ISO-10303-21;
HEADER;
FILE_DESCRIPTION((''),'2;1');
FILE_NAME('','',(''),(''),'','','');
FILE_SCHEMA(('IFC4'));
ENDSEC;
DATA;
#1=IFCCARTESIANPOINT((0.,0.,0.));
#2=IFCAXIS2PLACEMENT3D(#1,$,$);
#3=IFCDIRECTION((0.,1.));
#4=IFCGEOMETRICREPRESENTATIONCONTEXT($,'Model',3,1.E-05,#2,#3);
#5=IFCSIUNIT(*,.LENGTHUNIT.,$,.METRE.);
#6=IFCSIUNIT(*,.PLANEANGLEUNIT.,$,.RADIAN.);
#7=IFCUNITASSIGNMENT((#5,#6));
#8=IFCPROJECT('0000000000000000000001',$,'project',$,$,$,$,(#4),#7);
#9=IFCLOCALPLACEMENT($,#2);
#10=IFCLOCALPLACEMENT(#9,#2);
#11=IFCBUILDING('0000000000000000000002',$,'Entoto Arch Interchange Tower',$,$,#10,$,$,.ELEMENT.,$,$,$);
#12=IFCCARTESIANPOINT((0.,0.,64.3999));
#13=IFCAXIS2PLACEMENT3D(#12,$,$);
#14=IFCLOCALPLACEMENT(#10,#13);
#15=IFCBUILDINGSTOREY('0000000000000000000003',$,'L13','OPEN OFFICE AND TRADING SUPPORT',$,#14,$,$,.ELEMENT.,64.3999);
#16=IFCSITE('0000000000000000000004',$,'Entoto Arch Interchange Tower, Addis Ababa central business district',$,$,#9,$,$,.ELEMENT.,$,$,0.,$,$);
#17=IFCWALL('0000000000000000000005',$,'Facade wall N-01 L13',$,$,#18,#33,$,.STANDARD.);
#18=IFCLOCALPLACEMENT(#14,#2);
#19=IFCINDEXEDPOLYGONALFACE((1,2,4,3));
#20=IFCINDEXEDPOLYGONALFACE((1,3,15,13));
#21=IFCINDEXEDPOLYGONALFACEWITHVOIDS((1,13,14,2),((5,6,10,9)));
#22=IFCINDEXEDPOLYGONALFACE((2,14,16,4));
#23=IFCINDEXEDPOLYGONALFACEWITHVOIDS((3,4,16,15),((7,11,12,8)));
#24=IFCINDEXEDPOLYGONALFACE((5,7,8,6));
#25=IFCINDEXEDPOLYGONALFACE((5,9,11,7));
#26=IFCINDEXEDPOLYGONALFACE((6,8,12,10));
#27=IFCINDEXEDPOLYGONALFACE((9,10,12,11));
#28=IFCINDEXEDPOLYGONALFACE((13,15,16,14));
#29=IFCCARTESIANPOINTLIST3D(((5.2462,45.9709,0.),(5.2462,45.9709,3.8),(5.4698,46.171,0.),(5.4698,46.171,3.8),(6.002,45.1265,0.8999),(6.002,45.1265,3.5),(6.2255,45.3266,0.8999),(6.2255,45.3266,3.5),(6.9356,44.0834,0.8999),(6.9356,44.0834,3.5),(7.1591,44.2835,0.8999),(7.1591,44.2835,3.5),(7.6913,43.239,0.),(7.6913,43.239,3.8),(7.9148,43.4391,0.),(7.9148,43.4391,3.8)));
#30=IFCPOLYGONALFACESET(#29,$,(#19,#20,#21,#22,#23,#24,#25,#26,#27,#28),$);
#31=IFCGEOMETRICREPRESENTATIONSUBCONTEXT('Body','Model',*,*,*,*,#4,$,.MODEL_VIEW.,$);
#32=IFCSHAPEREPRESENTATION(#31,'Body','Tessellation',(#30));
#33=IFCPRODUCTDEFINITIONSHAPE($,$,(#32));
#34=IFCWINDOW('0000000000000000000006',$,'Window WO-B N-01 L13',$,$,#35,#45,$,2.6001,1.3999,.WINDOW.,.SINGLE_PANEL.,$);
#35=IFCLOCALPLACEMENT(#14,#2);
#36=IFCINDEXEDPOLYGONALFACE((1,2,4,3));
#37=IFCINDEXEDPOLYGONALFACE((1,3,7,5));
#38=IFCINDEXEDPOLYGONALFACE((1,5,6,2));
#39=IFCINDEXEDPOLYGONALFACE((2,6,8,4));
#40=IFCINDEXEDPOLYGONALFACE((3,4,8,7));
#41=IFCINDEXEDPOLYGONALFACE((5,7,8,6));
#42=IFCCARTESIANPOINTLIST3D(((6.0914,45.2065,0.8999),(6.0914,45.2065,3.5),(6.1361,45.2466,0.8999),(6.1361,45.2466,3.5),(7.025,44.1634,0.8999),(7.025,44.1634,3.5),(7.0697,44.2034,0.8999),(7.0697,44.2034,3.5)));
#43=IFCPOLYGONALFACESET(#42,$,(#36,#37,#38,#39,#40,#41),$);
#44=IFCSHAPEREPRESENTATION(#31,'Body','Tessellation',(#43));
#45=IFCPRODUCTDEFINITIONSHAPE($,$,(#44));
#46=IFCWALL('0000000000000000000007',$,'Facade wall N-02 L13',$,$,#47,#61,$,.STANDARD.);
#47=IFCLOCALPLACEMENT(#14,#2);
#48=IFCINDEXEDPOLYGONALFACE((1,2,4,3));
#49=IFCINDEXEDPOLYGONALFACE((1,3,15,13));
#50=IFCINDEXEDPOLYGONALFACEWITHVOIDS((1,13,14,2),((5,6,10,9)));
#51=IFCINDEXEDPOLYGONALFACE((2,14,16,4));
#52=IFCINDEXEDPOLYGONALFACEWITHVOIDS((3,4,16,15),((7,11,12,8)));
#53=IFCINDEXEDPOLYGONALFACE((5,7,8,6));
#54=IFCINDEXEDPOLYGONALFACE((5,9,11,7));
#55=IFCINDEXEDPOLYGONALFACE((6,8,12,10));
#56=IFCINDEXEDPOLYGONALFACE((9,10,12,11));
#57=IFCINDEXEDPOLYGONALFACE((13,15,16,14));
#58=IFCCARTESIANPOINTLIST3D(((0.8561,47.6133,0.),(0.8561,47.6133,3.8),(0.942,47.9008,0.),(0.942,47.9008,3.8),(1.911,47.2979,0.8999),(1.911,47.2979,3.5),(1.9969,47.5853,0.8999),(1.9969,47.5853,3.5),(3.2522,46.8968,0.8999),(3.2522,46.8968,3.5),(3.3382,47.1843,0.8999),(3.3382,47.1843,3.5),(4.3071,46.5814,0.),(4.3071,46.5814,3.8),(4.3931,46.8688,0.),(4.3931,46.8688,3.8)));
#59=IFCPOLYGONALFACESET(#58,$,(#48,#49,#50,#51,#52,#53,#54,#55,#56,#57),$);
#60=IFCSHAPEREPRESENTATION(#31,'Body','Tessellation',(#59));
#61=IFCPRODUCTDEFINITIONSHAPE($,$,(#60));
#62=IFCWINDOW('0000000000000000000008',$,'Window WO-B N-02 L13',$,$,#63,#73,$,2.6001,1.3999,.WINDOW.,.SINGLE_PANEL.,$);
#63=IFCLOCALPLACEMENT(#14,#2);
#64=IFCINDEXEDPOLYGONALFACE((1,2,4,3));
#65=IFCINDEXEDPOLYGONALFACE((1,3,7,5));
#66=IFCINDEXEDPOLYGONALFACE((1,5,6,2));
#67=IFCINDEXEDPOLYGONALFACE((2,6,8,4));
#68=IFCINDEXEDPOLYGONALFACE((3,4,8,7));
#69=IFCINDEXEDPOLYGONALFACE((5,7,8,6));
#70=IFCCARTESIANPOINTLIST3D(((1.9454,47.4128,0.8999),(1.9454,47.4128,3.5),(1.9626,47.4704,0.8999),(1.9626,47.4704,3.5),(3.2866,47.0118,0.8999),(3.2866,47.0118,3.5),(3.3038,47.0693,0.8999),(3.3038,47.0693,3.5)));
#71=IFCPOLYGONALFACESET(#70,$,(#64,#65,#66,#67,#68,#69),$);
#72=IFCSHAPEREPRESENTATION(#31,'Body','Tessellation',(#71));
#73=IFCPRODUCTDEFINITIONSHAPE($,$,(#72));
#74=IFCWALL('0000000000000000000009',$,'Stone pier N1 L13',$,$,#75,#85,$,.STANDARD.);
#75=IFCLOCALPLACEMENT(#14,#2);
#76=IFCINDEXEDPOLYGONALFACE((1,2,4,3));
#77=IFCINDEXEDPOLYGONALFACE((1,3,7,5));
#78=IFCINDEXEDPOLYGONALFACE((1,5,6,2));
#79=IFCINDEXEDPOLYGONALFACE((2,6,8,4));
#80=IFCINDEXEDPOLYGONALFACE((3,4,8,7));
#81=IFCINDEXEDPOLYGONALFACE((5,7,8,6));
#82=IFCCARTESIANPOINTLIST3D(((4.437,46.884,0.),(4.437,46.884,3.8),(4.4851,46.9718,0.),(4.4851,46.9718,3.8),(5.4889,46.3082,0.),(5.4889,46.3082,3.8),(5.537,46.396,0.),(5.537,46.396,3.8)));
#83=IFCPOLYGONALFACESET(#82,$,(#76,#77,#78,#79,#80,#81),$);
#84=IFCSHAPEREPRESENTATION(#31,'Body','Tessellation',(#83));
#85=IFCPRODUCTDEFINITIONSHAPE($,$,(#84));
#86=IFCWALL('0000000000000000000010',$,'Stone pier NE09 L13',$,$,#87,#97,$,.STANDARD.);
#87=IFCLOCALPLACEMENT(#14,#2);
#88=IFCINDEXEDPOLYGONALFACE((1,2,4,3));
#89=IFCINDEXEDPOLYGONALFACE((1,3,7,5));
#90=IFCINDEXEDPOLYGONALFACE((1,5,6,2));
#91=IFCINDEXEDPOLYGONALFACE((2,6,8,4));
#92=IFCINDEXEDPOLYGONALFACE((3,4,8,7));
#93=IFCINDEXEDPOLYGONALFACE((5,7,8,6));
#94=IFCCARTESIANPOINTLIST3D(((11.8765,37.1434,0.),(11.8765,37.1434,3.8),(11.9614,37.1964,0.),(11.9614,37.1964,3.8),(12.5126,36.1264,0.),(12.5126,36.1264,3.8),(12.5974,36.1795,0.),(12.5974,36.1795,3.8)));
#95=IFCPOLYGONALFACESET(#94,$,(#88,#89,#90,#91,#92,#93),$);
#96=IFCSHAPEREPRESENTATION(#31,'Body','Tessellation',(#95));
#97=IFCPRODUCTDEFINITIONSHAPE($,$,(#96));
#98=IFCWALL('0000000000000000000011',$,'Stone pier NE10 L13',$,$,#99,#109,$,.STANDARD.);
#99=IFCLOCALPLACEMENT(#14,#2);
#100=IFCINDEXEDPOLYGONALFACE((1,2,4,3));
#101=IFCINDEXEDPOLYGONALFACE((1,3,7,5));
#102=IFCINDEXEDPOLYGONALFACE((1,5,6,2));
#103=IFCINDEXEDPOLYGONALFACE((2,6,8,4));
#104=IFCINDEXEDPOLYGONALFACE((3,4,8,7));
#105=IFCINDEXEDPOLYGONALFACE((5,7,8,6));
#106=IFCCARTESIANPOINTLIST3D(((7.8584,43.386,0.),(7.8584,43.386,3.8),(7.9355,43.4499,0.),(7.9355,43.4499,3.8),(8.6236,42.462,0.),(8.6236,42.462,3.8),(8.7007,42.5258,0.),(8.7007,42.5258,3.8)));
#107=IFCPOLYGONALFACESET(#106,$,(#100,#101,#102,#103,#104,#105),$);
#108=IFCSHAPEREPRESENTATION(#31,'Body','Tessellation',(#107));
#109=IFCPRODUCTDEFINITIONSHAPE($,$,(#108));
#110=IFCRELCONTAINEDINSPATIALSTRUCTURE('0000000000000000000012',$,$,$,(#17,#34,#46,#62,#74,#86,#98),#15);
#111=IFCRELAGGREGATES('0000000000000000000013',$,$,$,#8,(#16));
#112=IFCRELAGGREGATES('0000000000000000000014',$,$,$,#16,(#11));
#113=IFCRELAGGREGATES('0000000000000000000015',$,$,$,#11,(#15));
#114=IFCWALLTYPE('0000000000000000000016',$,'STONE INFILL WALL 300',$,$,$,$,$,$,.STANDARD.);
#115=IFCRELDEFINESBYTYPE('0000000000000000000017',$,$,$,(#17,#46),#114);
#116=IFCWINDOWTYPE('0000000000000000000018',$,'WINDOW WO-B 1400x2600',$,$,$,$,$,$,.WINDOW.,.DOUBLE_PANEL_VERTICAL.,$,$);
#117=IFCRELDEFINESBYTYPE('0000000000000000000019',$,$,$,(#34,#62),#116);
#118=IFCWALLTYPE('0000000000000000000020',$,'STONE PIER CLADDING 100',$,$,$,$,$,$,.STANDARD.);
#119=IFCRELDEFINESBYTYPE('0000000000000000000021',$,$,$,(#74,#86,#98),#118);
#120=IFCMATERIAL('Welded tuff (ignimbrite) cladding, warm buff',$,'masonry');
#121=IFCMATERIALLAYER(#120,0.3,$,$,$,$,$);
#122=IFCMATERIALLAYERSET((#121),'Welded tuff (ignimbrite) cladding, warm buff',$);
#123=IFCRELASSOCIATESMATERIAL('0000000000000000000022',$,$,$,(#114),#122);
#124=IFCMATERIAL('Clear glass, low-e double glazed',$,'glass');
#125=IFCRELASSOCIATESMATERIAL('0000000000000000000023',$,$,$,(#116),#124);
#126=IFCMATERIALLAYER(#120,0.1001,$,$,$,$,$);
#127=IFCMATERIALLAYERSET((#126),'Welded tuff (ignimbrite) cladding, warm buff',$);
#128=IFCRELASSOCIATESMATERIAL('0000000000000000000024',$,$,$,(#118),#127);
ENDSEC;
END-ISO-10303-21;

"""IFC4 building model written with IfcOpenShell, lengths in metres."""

from ifc_helpers import new_model, si_unit, direction, frame, frame_2d, origin, place, context, subcontext, project, spatial, rectangle, extrude, material, layer, layer_set, type_object, element, fill, save


model = new_model("IFC4")

# Units and contexts
model_context = context("Model", 3, precision=1e-05, world=origin(), true_north=direction((0.0, 1.0)))
body_context = subcontext(model_context, "Body", "Model", "MODEL_VIEW")
ifc_project = project(units=[si_unit("LENGTHUNIT", "METRE"), si_unit("PLANEANGLEUNIT", "RADIAN")], contexts=[model_context])

# Site, building, storey
site_placement = place(None, origin())
site = spatial("IfcSite", under=ifc_project, at=site_placement, Name="Entoto Arch Interchange Tower, Addis Ababa central business district", CompositionType="ELEMENT", RefElevation=0.0)
building_placement = place(site_placement, origin())
building = spatial("IfcBuilding", under=site, at=building_placement, Name="Entoto Arch Interchange Tower", CompositionType="ELEMENT")
storey_placement = place(building_placement, frame((0.0, 0.0, 64.3999)))
storey = spatial("IfcBuildingStorey", under=building, at=storey_placement, Name="L13", Description="OPEN OFFICE AND TRADING SUPPORT", CompositionType="ELEMENT", Elevation=64.3999)

# Shared definitions
ifc_material_1 = material(Name="Welded tuff (ignimbrite) cladding, warm buff", Category="masonry")
ifc_layer_1 = layer(ifc_material_1, 0.3)
ifc_layer_set_1 = layer_set([ifc_layer_1], Name="Welded tuff (ignimbrite) cladding, warm buff")
wall_type_1 = type_object("IfcWallType", Name="STONE INFILL WALL 300", PredefinedType="STANDARD", material=ifc_layer_set_1)
ifc_material_2 = material(Name="Clear glass, low-e double glazed", Category="glass")

# Walls, openings, windows
wall_1_placement = place(storey_placement, frame((7.803, 43.3391, 0.0), z_axis=(0.0, 0.0, 1.0), x_axis=(-0.666902, 0.745146, 0.0)))
wall_1 = element("IfcWall", 1, at=wall_1_placement, inside=storey, type_object=wall_type_1, Name="Facade wall N-01 L13", PredefinedType="STANDARD", context=body_context, shape_type="SweptSolid", body=[
    extrude(rectangle(XDim=3.6663, YDim=0.3, at=frame_2d((1.833, 0.0))), origin(), (0.0, 0.0, 1.0), 3.8),
])
opening_1_placement = place(wall_1_placement, frame((1.1331, 0.0, 0.8999)))
opening_1 = element("IfcOpeningElement", 2, at=opening_1_placement, cuts=wall_1, PredefinedType="OPENING", context=body_context, shape_type="SweptSolid", body=[
    extrude(rectangle(XDim=1.3999, YDim=2.6001, at=frame_2d((0.7, 1.3))), frame((0.0, 0.1602, 0.0), z_axis=(0.0, -1.0, 0.0), x_axis=(1.0, 0.0, 0.0)), (0.0, 0.0, 1.0), 0.3201),
])
window_type_1 = type_object("IfcWindowType", Name="WINDOW WO-B 1400x2600", PartitioningType="DOUBLE_PANEL_VERTICAL", PredefinedType="WINDOW", material=ifc_material_2)
window_1_placement = place(opening_1_placement, origin())
window_1 = element("IfcWindow", 3, at=window_1_placement, inside=storey, type_object=window_type_1, Name="Window WO-B N-01 L13", OverallHeight=2.6001, OverallWidth=1.3999, PartitioningType="SINGLE_PANEL", PredefinedType="WINDOW", context=body_context, shape_type="SweptSolid", body=[
    extrude(rectangle(XDim=1.3999, YDim=2.6001, at=frame_2d((0.7, 1.3))), frame((0.0, 0.03, 0.0), z_axis=(0.0, -1.0, 0.0), x_axis=(1.0, 0.0, 0.0)), (0.0, 0.0, 1.0), 0.0601),
])
fill(opening_1, window_1)
wall_2_placement = place(storey_placement, frame((4.3501, 46.7251, 0.0), z_axis=(0.0, 0.0, 1.0), x_axis=(-0.958083, 0.28649, 0.0)))
wall_2 = element("IfcWall", 4, at=wall_2_placement, inside=storey, type_object=wall_type_1, Name="Facade wall N-02 L13", PredefinedType="STANDARD", context=body_context, shape_type="SweptSolid", body=[
    extrude(rectangle(XDim=3.6021, YDim=0.3, at=frame_2d((1.801, 0.0))), origin(), (0.0, 0.0, 1.0), 3.8),
])
opening_2_placement = place(wall_2_placement, frame((1.1011, 0.0, 0.8999)))
opening_2 = element("IfcOpeningElement", 5, at=opening_2_placement, cuts=wall_2, PredefinedType="OPENING", context=body_context, shape_type="SweptSolid", body=[
    extrude(rectangle(XDim=1.3999, YDim=2.6001, at=frame_2d((0.7, 1.3))), frame((0.0, 0.1602, 0.0), z_axis=(0.0, -1.0, 0.0), x_axis=(1.0, 0.0, 0.0)), (0.0, 0.0, 1.0), 0.3201),
])
window_2_placement = place(opening_2_placement, origin())
window_2 = element("IfcWindow", 6, at=window_2_placement, inside=storey, type_object=window_type_1, Name="Window WO-B N-02 L13", OverallHeight=2.6001, OverallWidth=1.3999, PartitioningType="SINGLE_PANEL", PredefinedType="WINDOW", context=body_context, shape_type="SweptSolid", body=[
    extrude(rectangle(XDim=1.3999, YDim=2.6001, at=frame_2d((0.7, 1.3))), frame((0.0, 0.03, 0.0), z_axis=(0.0, -1.0, 0.0), x_axis=(1.0, 0.0, 0.0)), (0.0, 0.0, 1.0), 0.0601),
])
fill(opening_2, window_2)

# Walls
ifc_layer_2 = layer(ifc_material_1, 0.1001)
ifc_layer_set_2 = layer_set([ifc_layer_2], Name="Welded tuff (ignimbrite) cladding, warm buff")
wall_type_2 = type_object("IfcWallType", Name="STONE PIER CLADDING 100", PredefinedType="STANDARD", material=ifc_layer_set_2)
wall_3_placement = place(storey_placement, frame((5.5129, 46.3521, 0.0), z_axis=(0.0, 0.0, 1.0), x_axis=(-0.877155, 0.480206, 0.0)))
element("IfcWall", 7, at=wall_3_placement, inside=storey, type_object=wall_type_2, Name="Stone pier N1 L13", PredefinedType="STANDARD", context=body_context, shape_type="SweptSolid", body=[
    extrude(rectangle(XDim=1.1992, YDim=0.1001, at=frame_2d((0.5996, 0.0))), origin(), (0.0, 0.0, 1.0), 3.8),
])
wall_4_placement = place(storey_placement, frame((12.5549, 36.1531, 0.0), z_axis=(0.0, 0.0, 1.0), x_axis=(-0.530273, 0.847827, 0.0)))
element("IfcWall", 8, at=wall_4_placement, inside=storey, type_object=wall_type_2, Name="Stone pier NE09 L13", PredefinedType="STANDARD", context=body_context, shape_type="SweptSolid", body=[
    extrude(rectangle(XDim=1.1995, YDim=0.1001, at=frame_2d((0.5996, 0.0))), origin(), (0.0, 0.0, 1.0), 3.8),
])
wall_5_placement = place(storey_placement, frame((8.6621, 42.4939, 0.0), z_axis=(0.0, 0.0, 1.0), x_axis=(-0.637759, 0.770236, 0.0)))
element("IfcWall", 9, at=wall_5_placement, inside=storey, type_object=wall_type_2, Name="Stone pier NE10 L13", PredefinedType="STANDARD", context=body_context, shape_type="SweptSolid", body=[
    extrude(rectangle(XDim=1.1997, YDim=0.1001, at=frame_2d((0.5999, 0.0))), origin(), (0.0, 0.0, 1.0), 3.8),
])

save(model, "model.ifc")
